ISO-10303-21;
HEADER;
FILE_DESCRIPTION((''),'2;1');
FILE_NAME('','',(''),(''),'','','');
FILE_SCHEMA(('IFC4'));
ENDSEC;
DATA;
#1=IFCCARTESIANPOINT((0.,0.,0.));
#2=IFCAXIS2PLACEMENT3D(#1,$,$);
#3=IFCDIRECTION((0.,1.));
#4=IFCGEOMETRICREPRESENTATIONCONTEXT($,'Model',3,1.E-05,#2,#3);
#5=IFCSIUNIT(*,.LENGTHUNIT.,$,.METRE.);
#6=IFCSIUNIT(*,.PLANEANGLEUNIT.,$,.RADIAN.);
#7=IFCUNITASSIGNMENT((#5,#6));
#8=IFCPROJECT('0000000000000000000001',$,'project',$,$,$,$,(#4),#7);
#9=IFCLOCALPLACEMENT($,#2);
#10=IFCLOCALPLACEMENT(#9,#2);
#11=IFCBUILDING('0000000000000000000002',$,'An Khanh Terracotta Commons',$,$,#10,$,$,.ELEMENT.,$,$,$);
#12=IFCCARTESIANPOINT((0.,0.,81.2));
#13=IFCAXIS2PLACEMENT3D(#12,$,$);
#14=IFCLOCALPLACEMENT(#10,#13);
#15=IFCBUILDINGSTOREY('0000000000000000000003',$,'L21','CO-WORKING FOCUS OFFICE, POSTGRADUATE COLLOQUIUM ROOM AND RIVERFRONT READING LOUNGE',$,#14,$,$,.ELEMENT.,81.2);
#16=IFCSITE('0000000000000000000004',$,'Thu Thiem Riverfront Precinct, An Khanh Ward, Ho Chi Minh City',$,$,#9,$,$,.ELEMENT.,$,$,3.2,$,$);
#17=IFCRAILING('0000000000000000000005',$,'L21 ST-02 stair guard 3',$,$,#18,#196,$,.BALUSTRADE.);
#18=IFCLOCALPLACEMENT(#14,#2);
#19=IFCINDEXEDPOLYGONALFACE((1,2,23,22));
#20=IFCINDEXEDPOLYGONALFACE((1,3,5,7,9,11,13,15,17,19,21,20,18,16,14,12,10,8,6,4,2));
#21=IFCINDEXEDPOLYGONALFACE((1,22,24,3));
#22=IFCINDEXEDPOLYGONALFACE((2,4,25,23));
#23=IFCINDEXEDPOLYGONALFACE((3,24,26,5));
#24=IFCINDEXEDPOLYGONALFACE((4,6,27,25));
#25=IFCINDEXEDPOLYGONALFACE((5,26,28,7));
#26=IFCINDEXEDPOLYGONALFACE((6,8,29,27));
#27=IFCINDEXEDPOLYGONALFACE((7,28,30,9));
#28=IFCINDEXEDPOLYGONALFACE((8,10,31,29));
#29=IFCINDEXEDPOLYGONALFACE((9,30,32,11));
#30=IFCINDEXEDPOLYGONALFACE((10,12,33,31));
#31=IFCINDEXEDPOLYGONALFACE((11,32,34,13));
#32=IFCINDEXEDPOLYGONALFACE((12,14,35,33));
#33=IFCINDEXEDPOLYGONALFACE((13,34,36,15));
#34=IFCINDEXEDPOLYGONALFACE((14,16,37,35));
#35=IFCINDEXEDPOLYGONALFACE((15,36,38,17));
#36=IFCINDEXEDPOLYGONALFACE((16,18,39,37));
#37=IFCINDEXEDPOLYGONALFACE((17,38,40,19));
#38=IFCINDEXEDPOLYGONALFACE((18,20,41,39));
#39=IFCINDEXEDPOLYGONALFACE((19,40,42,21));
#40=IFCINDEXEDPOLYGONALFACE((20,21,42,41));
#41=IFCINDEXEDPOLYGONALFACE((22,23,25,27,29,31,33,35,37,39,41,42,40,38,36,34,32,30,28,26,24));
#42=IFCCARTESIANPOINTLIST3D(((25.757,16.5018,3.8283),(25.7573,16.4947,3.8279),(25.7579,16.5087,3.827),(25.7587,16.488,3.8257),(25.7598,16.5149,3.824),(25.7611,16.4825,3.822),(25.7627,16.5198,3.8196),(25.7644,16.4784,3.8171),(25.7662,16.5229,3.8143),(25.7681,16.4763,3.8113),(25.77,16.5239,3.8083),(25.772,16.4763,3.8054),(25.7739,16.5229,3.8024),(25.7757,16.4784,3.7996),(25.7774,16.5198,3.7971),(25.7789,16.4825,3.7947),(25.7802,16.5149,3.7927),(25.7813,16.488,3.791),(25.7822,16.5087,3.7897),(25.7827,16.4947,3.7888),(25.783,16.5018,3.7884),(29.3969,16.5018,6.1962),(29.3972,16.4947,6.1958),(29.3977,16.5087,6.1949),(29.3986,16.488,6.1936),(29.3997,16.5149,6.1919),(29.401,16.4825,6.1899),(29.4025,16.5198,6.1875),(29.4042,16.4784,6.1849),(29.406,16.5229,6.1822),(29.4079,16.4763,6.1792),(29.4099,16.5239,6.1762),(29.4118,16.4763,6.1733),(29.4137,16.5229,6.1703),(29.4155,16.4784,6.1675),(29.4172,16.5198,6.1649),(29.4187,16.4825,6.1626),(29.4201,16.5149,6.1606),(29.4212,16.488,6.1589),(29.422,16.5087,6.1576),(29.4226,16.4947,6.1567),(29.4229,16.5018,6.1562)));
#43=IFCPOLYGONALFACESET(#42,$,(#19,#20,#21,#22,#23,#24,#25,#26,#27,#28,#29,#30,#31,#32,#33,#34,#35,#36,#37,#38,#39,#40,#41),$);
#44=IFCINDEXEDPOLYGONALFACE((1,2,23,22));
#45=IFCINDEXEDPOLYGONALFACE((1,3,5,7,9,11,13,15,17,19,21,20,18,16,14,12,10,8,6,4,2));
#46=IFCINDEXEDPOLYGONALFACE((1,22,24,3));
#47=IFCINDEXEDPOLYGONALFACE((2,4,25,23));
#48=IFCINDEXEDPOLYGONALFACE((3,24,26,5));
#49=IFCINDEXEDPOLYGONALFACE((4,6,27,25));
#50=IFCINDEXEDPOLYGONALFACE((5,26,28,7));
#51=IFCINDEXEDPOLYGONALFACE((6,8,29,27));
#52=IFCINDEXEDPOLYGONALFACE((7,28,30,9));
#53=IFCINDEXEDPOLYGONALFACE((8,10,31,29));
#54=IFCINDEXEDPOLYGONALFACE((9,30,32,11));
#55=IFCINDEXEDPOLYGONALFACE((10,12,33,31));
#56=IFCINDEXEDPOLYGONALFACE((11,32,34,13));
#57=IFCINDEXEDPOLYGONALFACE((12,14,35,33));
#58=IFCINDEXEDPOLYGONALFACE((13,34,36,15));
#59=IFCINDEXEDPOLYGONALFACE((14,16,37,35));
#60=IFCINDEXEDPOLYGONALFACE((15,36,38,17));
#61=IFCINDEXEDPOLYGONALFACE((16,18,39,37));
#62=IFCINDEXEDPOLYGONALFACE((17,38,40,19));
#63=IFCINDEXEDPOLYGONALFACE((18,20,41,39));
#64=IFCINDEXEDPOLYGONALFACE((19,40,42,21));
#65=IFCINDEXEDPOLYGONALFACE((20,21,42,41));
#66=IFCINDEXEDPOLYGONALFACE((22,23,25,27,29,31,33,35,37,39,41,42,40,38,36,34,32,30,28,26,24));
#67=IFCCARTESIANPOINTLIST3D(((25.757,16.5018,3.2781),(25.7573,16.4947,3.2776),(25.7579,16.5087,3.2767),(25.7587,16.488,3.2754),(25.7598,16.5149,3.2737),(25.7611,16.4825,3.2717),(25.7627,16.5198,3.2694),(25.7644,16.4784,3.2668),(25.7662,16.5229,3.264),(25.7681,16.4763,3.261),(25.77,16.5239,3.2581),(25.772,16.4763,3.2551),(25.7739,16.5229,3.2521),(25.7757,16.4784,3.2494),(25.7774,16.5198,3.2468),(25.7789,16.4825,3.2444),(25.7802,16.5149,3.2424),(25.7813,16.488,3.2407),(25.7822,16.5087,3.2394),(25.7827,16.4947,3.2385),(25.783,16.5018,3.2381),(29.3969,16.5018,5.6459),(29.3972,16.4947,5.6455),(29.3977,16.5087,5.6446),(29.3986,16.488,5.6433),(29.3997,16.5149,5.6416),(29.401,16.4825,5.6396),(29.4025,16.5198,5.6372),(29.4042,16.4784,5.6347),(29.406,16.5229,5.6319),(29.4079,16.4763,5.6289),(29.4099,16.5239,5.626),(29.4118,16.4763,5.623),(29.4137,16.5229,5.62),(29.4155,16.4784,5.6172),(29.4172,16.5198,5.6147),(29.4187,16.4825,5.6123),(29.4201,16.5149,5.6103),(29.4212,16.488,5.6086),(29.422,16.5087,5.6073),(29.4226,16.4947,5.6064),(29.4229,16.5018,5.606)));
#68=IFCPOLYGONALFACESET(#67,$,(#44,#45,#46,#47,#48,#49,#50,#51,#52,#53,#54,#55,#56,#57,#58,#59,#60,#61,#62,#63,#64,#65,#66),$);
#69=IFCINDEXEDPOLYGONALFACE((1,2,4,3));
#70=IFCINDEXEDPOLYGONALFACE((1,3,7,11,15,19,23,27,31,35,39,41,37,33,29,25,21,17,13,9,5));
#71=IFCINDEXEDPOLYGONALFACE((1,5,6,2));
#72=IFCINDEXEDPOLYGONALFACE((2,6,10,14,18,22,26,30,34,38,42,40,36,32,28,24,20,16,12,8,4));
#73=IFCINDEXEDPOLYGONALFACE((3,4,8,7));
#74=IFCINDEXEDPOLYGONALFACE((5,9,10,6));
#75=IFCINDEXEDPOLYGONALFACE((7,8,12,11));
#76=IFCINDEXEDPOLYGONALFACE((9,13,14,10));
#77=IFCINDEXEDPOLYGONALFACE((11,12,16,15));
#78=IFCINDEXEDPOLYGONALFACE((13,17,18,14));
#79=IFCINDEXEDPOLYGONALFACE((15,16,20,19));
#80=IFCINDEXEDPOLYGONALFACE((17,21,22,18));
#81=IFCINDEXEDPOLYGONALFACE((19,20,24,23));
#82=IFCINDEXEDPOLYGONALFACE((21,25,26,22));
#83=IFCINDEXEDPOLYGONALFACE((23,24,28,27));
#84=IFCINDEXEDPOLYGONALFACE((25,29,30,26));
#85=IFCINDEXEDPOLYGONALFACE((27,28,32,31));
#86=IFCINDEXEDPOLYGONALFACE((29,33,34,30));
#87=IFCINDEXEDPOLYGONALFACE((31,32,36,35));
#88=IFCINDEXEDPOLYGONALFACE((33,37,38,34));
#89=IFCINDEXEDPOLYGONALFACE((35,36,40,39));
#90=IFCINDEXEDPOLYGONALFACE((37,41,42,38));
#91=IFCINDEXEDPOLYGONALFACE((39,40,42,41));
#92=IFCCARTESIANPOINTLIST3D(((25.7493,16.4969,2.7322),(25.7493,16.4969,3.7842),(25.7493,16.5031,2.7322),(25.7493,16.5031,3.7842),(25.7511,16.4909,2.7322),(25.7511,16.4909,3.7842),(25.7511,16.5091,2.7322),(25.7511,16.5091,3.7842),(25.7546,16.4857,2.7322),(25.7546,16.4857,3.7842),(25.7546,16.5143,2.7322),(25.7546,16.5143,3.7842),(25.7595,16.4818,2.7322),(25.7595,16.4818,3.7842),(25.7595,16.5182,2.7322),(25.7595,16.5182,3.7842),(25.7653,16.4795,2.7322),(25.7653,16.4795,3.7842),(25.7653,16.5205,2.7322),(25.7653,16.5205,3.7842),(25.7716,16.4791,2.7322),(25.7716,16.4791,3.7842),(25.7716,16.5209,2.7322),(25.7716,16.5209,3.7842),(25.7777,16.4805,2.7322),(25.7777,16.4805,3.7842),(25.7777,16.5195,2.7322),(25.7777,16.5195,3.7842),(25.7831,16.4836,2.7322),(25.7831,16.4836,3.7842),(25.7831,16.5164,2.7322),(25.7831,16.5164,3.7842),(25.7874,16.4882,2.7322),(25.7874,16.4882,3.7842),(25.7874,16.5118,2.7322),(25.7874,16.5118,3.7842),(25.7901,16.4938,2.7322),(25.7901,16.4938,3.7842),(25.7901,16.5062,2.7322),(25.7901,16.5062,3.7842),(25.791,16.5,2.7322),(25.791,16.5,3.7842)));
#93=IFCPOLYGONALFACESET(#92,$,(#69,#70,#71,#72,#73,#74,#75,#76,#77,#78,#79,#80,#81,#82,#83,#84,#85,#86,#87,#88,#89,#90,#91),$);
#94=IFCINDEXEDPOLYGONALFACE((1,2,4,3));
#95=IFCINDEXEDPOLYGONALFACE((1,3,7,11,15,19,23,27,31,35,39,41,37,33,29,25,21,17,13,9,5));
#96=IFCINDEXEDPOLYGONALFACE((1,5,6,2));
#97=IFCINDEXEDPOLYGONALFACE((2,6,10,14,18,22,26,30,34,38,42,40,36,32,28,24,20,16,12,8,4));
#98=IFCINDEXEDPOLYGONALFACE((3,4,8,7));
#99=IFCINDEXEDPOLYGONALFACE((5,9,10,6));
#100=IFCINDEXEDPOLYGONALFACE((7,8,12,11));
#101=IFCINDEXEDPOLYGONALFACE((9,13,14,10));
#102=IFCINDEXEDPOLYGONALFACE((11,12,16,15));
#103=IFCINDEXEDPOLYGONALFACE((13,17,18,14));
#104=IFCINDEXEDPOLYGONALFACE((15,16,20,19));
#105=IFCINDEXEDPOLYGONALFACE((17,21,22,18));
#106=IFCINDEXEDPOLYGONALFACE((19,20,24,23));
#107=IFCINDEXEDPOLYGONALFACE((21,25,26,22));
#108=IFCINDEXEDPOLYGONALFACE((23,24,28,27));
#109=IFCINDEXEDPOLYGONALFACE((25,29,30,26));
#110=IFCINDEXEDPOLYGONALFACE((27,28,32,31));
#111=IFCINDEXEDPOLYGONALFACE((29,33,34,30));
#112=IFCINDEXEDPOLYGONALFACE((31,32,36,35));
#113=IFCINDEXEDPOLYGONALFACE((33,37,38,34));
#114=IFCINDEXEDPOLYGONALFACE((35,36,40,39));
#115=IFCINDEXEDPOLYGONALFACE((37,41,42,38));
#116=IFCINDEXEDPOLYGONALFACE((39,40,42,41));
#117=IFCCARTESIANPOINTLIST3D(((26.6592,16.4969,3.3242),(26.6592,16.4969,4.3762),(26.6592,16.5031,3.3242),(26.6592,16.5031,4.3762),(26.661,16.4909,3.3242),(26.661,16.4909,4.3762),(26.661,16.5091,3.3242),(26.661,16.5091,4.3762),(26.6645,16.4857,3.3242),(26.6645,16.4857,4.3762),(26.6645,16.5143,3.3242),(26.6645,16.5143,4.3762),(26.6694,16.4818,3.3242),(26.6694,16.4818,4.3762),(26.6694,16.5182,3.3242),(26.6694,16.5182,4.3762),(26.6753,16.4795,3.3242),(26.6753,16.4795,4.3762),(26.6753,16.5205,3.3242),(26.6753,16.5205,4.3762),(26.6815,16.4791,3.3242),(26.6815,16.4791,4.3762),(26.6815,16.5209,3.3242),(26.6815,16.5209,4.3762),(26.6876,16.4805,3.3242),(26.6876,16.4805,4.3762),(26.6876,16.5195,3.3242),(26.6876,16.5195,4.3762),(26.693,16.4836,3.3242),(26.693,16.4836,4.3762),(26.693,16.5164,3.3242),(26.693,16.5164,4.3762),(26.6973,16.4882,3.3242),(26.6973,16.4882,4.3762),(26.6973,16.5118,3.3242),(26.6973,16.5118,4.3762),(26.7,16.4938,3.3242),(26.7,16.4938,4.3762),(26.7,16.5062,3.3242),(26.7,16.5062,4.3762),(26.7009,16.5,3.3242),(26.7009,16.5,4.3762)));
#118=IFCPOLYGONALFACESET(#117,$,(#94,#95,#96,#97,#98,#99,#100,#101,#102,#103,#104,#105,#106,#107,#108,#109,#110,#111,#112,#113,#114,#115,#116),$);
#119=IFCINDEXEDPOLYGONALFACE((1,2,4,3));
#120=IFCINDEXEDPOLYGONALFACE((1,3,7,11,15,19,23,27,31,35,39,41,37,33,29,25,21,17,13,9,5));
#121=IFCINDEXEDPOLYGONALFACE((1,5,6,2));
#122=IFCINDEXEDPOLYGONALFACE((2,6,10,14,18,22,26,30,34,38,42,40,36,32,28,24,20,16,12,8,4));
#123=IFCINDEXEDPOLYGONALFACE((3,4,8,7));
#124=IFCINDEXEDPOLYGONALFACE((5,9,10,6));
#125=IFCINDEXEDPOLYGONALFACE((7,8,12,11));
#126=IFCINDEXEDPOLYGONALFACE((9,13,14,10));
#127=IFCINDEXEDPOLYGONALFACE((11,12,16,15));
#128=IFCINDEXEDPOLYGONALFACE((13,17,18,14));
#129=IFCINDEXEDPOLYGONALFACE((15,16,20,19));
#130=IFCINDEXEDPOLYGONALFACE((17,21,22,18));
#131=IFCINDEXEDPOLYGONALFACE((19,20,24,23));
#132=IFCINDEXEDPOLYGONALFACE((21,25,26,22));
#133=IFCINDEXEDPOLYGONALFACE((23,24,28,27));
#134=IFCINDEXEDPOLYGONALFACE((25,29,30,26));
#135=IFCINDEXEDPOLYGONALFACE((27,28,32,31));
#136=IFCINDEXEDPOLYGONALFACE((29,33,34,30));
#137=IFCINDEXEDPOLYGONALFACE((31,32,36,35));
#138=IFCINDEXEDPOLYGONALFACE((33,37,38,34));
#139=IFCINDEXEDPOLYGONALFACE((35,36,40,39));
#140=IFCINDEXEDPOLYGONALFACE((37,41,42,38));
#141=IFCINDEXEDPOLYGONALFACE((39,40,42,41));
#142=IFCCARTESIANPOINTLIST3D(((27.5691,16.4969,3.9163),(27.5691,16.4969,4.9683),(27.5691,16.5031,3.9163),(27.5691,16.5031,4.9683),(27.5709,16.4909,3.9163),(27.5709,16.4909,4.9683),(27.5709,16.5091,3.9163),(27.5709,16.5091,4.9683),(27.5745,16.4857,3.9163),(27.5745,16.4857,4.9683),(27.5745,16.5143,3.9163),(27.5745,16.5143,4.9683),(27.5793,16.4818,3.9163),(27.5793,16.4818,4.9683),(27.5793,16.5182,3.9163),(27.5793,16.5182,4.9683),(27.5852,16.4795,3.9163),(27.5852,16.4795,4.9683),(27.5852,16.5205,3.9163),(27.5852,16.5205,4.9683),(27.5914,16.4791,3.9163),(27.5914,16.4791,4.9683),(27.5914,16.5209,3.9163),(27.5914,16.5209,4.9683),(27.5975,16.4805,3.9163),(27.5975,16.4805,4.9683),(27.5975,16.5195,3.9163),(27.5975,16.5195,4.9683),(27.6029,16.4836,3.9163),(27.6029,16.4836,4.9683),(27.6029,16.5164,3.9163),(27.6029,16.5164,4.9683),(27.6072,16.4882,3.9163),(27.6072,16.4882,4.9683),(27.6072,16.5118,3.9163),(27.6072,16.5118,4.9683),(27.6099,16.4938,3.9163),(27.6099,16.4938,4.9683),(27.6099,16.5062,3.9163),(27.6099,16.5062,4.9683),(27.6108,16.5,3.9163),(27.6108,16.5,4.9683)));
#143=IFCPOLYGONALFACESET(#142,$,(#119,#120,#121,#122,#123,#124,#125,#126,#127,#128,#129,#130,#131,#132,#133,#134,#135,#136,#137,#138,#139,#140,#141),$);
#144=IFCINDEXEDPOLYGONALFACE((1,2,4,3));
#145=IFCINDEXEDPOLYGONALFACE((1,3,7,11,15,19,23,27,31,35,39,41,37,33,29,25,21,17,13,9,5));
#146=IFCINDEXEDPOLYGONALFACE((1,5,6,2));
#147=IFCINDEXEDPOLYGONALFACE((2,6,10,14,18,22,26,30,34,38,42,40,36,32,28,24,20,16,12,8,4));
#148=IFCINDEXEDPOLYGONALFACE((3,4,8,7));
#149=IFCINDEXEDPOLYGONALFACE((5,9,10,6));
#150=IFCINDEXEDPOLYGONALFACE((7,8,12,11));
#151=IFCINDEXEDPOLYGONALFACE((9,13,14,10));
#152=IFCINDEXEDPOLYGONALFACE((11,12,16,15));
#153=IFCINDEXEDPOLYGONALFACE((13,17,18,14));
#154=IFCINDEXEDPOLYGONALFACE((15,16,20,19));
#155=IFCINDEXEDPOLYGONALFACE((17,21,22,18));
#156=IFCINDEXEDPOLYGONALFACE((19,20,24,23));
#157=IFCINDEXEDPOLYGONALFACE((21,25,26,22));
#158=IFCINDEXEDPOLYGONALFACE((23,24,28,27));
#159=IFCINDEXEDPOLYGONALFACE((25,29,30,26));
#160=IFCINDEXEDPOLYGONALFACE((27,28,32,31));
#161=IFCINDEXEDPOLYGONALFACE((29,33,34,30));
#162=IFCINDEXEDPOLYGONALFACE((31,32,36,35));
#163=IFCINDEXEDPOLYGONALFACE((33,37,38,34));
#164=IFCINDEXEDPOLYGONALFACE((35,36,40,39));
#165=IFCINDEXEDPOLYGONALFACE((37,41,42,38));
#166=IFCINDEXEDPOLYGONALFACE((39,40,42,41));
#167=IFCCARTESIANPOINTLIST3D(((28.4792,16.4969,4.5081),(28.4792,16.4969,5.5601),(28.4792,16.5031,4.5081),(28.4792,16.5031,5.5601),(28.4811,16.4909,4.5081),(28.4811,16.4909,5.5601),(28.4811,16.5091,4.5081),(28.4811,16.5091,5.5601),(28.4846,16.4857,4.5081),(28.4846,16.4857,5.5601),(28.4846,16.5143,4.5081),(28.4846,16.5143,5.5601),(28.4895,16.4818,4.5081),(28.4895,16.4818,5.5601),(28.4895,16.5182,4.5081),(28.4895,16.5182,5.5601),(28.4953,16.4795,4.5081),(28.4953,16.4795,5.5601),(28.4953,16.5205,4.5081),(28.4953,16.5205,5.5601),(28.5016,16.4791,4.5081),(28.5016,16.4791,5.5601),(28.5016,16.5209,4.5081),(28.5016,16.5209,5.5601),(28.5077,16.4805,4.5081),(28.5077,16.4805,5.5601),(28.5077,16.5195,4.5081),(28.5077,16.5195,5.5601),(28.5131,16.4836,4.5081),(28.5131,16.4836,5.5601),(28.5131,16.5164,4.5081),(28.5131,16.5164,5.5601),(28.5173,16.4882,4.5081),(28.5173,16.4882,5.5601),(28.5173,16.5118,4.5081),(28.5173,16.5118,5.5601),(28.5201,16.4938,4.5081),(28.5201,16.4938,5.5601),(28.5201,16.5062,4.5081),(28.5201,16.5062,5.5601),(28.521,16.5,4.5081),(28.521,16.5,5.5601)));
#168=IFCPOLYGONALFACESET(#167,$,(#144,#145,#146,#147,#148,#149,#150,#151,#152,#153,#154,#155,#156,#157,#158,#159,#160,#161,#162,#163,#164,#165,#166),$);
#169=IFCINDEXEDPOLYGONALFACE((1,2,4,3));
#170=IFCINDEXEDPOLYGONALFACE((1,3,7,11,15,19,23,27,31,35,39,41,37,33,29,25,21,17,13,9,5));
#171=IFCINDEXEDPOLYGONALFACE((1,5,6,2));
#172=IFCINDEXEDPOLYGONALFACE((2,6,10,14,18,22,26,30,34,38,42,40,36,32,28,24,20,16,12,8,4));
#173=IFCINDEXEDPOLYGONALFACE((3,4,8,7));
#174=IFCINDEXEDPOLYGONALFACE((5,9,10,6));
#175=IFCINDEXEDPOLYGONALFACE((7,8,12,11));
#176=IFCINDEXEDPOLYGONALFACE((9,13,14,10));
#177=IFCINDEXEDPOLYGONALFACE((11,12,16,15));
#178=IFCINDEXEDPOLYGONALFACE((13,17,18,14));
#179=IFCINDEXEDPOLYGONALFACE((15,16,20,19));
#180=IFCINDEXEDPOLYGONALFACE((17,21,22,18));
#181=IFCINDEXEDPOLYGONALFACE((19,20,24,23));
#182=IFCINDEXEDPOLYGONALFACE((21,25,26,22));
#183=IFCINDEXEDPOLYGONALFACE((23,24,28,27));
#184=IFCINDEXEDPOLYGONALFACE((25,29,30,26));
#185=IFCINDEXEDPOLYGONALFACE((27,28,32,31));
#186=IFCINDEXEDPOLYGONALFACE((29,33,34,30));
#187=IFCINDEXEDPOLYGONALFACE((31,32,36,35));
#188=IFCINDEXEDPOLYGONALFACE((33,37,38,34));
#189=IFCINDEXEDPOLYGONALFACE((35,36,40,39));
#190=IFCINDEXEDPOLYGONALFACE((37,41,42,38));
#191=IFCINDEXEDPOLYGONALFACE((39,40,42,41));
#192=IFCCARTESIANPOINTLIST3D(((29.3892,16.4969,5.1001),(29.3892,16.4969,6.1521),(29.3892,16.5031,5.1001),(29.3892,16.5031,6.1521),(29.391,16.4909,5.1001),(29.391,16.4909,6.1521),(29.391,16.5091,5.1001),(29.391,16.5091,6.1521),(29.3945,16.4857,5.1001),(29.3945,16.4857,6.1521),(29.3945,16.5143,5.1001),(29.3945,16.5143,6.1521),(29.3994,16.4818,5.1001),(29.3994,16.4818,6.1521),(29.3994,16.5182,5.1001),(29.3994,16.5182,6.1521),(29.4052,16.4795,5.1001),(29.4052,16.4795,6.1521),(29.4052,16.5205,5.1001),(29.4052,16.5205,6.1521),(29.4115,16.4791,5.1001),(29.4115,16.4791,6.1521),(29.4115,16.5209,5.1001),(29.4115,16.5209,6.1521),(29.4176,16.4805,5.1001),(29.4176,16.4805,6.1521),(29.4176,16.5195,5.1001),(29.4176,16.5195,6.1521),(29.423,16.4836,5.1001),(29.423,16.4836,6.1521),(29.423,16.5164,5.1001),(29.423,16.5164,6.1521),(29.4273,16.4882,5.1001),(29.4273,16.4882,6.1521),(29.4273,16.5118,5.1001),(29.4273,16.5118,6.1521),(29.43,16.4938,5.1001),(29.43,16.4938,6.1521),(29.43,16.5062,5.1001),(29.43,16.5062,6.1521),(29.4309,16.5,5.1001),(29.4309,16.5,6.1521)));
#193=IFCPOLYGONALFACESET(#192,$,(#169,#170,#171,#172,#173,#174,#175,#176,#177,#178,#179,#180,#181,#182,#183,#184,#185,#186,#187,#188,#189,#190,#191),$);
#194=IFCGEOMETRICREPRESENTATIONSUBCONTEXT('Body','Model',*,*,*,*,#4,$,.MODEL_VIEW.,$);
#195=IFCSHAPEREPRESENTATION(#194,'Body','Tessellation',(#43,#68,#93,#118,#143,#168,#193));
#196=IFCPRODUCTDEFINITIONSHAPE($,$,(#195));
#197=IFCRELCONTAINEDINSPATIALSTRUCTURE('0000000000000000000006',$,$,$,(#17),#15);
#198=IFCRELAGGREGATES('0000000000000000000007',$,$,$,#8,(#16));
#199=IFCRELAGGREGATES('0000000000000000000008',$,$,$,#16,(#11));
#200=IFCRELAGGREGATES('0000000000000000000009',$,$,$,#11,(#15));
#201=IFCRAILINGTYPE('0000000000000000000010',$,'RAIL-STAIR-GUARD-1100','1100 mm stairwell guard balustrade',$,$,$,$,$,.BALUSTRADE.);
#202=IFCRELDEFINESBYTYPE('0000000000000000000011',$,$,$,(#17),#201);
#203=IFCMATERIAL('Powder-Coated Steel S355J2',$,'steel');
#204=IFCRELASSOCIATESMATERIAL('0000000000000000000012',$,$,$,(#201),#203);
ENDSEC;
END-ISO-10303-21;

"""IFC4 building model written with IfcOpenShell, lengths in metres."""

from ifc_helpers import new_model, si_unit, direction, frame, origin, origin_2d, place, context, subcontext, project, spatial, circle, extrude, material, type_object, element, save


model = new_model("IFC4")

# Units and contexts
model_context = context("Model", 3, precision=1e-05, world=origin(), true_north=direction((0.0, 1.0)))
body_context = subcontext(model_context, "Body", "Model", "MODEL_VIEW")
ifc_project = project(units=[si_unit("LENGTHUNIT", "METRE"), si_unit("PLANEANGLEUNIT", "RADIAN")], contexts=[model_context])

# Site, building, storey
site_placement = place(None, origin())
site = spatial("IfcSite", under=ifc_project, at=site_placement, Name="Thu Thiem Riverfront Precinct, An Khanh Ward, Ho Chi Minh City", CompositionType="ELEMENT", RefElevation=3.2)
building_placement = place(site_placement, origin())
building = spatial("IfcBuilding", under=site, at=building_placement, Name="An Khanh Terracotta Commons", CompositionType="ELEMENT")
storey_placement = place(building_placement, frame((0.0, 0.0, 81.2)))
storey = spatial("IfcBuildingStorey", under=building, at=storey_placement, Name="L21", Description="CO-WORKING FOCUS OFFICE, POSTGRADUATE COLLOQUIUM ROOM AND RIVERFRONT READING LOUNGE", CompositionType="ELEMENT", Elevation=81.2)

# Railing
ifc_material_1 = material(Name="Powder-Coated Steel S355J2", Category="steel")
railing_type_1 = type_object("IfcRailingType", Name="RAIL-STAIR-GUARD-1100", Description="1100 mm stairwell guard balustrade", PredefinedType="BALUSTRADE", material=ifc_material_1)
railing_1_placement = place(storey_placement, frame((25.77, 16.5, 2.7322)))
element("IfcRailing", 1, at=railing_1_placement, inside=storey, type_object=railing_type_1, Name="L21 ST-02 stair guard 3", PredefinedType="BALUSTRADE", context=body_context, shape_type="SweptSolid", body=[
    extrude(circle(Radius=0.0239, at=origin_2d()), frame((0.0, 0.0, 1.0762), z_axis=(0.838234, 0.0, 0.54531), x_axis=(0.0, 1.0, 0.0)), (0.0, 0.0, 1.0), 4.3423),
    extrude(circle(Radius=0.0239, at=origin_2d()), frame((0.0, 0.0, 0.5259), z_axis=(0.838234, 0.0, 0.54531), x_axis=(0.0, 1.0, 0.0)), (0.0, 0.0, 1.0), 4.3423),
    extrude(circle(Radius=0.021, at=origin_2d()), origin(), (0.0, 0.0, 1.0), 1.052),
    extrude(circle(Radius=0.021, at=origin_2d()), frame((0.9099, 0.0, 0.592)), (0.0, 0.0, 1.0), 1.052),
    extrude(circle(Radius=0.021, at=origin_2d()), frame((1.8198, 0.0, 1.1841)), (0.0, 0.0, 1.0), 1.052),
    extrude(circle(Radius=0.021, at=origin_2d()), frame((2.73, 0.0, 1.7759)), (0.0, 0.0, 1.0), 1.052),
    extrude(circle(Radius=0.021, at=origin_2d()), frame((3.6399, 0.0, 2.3679)), (0.0, 0.0, 1.0), 1.052),
])

save(model, "model.ifc")
